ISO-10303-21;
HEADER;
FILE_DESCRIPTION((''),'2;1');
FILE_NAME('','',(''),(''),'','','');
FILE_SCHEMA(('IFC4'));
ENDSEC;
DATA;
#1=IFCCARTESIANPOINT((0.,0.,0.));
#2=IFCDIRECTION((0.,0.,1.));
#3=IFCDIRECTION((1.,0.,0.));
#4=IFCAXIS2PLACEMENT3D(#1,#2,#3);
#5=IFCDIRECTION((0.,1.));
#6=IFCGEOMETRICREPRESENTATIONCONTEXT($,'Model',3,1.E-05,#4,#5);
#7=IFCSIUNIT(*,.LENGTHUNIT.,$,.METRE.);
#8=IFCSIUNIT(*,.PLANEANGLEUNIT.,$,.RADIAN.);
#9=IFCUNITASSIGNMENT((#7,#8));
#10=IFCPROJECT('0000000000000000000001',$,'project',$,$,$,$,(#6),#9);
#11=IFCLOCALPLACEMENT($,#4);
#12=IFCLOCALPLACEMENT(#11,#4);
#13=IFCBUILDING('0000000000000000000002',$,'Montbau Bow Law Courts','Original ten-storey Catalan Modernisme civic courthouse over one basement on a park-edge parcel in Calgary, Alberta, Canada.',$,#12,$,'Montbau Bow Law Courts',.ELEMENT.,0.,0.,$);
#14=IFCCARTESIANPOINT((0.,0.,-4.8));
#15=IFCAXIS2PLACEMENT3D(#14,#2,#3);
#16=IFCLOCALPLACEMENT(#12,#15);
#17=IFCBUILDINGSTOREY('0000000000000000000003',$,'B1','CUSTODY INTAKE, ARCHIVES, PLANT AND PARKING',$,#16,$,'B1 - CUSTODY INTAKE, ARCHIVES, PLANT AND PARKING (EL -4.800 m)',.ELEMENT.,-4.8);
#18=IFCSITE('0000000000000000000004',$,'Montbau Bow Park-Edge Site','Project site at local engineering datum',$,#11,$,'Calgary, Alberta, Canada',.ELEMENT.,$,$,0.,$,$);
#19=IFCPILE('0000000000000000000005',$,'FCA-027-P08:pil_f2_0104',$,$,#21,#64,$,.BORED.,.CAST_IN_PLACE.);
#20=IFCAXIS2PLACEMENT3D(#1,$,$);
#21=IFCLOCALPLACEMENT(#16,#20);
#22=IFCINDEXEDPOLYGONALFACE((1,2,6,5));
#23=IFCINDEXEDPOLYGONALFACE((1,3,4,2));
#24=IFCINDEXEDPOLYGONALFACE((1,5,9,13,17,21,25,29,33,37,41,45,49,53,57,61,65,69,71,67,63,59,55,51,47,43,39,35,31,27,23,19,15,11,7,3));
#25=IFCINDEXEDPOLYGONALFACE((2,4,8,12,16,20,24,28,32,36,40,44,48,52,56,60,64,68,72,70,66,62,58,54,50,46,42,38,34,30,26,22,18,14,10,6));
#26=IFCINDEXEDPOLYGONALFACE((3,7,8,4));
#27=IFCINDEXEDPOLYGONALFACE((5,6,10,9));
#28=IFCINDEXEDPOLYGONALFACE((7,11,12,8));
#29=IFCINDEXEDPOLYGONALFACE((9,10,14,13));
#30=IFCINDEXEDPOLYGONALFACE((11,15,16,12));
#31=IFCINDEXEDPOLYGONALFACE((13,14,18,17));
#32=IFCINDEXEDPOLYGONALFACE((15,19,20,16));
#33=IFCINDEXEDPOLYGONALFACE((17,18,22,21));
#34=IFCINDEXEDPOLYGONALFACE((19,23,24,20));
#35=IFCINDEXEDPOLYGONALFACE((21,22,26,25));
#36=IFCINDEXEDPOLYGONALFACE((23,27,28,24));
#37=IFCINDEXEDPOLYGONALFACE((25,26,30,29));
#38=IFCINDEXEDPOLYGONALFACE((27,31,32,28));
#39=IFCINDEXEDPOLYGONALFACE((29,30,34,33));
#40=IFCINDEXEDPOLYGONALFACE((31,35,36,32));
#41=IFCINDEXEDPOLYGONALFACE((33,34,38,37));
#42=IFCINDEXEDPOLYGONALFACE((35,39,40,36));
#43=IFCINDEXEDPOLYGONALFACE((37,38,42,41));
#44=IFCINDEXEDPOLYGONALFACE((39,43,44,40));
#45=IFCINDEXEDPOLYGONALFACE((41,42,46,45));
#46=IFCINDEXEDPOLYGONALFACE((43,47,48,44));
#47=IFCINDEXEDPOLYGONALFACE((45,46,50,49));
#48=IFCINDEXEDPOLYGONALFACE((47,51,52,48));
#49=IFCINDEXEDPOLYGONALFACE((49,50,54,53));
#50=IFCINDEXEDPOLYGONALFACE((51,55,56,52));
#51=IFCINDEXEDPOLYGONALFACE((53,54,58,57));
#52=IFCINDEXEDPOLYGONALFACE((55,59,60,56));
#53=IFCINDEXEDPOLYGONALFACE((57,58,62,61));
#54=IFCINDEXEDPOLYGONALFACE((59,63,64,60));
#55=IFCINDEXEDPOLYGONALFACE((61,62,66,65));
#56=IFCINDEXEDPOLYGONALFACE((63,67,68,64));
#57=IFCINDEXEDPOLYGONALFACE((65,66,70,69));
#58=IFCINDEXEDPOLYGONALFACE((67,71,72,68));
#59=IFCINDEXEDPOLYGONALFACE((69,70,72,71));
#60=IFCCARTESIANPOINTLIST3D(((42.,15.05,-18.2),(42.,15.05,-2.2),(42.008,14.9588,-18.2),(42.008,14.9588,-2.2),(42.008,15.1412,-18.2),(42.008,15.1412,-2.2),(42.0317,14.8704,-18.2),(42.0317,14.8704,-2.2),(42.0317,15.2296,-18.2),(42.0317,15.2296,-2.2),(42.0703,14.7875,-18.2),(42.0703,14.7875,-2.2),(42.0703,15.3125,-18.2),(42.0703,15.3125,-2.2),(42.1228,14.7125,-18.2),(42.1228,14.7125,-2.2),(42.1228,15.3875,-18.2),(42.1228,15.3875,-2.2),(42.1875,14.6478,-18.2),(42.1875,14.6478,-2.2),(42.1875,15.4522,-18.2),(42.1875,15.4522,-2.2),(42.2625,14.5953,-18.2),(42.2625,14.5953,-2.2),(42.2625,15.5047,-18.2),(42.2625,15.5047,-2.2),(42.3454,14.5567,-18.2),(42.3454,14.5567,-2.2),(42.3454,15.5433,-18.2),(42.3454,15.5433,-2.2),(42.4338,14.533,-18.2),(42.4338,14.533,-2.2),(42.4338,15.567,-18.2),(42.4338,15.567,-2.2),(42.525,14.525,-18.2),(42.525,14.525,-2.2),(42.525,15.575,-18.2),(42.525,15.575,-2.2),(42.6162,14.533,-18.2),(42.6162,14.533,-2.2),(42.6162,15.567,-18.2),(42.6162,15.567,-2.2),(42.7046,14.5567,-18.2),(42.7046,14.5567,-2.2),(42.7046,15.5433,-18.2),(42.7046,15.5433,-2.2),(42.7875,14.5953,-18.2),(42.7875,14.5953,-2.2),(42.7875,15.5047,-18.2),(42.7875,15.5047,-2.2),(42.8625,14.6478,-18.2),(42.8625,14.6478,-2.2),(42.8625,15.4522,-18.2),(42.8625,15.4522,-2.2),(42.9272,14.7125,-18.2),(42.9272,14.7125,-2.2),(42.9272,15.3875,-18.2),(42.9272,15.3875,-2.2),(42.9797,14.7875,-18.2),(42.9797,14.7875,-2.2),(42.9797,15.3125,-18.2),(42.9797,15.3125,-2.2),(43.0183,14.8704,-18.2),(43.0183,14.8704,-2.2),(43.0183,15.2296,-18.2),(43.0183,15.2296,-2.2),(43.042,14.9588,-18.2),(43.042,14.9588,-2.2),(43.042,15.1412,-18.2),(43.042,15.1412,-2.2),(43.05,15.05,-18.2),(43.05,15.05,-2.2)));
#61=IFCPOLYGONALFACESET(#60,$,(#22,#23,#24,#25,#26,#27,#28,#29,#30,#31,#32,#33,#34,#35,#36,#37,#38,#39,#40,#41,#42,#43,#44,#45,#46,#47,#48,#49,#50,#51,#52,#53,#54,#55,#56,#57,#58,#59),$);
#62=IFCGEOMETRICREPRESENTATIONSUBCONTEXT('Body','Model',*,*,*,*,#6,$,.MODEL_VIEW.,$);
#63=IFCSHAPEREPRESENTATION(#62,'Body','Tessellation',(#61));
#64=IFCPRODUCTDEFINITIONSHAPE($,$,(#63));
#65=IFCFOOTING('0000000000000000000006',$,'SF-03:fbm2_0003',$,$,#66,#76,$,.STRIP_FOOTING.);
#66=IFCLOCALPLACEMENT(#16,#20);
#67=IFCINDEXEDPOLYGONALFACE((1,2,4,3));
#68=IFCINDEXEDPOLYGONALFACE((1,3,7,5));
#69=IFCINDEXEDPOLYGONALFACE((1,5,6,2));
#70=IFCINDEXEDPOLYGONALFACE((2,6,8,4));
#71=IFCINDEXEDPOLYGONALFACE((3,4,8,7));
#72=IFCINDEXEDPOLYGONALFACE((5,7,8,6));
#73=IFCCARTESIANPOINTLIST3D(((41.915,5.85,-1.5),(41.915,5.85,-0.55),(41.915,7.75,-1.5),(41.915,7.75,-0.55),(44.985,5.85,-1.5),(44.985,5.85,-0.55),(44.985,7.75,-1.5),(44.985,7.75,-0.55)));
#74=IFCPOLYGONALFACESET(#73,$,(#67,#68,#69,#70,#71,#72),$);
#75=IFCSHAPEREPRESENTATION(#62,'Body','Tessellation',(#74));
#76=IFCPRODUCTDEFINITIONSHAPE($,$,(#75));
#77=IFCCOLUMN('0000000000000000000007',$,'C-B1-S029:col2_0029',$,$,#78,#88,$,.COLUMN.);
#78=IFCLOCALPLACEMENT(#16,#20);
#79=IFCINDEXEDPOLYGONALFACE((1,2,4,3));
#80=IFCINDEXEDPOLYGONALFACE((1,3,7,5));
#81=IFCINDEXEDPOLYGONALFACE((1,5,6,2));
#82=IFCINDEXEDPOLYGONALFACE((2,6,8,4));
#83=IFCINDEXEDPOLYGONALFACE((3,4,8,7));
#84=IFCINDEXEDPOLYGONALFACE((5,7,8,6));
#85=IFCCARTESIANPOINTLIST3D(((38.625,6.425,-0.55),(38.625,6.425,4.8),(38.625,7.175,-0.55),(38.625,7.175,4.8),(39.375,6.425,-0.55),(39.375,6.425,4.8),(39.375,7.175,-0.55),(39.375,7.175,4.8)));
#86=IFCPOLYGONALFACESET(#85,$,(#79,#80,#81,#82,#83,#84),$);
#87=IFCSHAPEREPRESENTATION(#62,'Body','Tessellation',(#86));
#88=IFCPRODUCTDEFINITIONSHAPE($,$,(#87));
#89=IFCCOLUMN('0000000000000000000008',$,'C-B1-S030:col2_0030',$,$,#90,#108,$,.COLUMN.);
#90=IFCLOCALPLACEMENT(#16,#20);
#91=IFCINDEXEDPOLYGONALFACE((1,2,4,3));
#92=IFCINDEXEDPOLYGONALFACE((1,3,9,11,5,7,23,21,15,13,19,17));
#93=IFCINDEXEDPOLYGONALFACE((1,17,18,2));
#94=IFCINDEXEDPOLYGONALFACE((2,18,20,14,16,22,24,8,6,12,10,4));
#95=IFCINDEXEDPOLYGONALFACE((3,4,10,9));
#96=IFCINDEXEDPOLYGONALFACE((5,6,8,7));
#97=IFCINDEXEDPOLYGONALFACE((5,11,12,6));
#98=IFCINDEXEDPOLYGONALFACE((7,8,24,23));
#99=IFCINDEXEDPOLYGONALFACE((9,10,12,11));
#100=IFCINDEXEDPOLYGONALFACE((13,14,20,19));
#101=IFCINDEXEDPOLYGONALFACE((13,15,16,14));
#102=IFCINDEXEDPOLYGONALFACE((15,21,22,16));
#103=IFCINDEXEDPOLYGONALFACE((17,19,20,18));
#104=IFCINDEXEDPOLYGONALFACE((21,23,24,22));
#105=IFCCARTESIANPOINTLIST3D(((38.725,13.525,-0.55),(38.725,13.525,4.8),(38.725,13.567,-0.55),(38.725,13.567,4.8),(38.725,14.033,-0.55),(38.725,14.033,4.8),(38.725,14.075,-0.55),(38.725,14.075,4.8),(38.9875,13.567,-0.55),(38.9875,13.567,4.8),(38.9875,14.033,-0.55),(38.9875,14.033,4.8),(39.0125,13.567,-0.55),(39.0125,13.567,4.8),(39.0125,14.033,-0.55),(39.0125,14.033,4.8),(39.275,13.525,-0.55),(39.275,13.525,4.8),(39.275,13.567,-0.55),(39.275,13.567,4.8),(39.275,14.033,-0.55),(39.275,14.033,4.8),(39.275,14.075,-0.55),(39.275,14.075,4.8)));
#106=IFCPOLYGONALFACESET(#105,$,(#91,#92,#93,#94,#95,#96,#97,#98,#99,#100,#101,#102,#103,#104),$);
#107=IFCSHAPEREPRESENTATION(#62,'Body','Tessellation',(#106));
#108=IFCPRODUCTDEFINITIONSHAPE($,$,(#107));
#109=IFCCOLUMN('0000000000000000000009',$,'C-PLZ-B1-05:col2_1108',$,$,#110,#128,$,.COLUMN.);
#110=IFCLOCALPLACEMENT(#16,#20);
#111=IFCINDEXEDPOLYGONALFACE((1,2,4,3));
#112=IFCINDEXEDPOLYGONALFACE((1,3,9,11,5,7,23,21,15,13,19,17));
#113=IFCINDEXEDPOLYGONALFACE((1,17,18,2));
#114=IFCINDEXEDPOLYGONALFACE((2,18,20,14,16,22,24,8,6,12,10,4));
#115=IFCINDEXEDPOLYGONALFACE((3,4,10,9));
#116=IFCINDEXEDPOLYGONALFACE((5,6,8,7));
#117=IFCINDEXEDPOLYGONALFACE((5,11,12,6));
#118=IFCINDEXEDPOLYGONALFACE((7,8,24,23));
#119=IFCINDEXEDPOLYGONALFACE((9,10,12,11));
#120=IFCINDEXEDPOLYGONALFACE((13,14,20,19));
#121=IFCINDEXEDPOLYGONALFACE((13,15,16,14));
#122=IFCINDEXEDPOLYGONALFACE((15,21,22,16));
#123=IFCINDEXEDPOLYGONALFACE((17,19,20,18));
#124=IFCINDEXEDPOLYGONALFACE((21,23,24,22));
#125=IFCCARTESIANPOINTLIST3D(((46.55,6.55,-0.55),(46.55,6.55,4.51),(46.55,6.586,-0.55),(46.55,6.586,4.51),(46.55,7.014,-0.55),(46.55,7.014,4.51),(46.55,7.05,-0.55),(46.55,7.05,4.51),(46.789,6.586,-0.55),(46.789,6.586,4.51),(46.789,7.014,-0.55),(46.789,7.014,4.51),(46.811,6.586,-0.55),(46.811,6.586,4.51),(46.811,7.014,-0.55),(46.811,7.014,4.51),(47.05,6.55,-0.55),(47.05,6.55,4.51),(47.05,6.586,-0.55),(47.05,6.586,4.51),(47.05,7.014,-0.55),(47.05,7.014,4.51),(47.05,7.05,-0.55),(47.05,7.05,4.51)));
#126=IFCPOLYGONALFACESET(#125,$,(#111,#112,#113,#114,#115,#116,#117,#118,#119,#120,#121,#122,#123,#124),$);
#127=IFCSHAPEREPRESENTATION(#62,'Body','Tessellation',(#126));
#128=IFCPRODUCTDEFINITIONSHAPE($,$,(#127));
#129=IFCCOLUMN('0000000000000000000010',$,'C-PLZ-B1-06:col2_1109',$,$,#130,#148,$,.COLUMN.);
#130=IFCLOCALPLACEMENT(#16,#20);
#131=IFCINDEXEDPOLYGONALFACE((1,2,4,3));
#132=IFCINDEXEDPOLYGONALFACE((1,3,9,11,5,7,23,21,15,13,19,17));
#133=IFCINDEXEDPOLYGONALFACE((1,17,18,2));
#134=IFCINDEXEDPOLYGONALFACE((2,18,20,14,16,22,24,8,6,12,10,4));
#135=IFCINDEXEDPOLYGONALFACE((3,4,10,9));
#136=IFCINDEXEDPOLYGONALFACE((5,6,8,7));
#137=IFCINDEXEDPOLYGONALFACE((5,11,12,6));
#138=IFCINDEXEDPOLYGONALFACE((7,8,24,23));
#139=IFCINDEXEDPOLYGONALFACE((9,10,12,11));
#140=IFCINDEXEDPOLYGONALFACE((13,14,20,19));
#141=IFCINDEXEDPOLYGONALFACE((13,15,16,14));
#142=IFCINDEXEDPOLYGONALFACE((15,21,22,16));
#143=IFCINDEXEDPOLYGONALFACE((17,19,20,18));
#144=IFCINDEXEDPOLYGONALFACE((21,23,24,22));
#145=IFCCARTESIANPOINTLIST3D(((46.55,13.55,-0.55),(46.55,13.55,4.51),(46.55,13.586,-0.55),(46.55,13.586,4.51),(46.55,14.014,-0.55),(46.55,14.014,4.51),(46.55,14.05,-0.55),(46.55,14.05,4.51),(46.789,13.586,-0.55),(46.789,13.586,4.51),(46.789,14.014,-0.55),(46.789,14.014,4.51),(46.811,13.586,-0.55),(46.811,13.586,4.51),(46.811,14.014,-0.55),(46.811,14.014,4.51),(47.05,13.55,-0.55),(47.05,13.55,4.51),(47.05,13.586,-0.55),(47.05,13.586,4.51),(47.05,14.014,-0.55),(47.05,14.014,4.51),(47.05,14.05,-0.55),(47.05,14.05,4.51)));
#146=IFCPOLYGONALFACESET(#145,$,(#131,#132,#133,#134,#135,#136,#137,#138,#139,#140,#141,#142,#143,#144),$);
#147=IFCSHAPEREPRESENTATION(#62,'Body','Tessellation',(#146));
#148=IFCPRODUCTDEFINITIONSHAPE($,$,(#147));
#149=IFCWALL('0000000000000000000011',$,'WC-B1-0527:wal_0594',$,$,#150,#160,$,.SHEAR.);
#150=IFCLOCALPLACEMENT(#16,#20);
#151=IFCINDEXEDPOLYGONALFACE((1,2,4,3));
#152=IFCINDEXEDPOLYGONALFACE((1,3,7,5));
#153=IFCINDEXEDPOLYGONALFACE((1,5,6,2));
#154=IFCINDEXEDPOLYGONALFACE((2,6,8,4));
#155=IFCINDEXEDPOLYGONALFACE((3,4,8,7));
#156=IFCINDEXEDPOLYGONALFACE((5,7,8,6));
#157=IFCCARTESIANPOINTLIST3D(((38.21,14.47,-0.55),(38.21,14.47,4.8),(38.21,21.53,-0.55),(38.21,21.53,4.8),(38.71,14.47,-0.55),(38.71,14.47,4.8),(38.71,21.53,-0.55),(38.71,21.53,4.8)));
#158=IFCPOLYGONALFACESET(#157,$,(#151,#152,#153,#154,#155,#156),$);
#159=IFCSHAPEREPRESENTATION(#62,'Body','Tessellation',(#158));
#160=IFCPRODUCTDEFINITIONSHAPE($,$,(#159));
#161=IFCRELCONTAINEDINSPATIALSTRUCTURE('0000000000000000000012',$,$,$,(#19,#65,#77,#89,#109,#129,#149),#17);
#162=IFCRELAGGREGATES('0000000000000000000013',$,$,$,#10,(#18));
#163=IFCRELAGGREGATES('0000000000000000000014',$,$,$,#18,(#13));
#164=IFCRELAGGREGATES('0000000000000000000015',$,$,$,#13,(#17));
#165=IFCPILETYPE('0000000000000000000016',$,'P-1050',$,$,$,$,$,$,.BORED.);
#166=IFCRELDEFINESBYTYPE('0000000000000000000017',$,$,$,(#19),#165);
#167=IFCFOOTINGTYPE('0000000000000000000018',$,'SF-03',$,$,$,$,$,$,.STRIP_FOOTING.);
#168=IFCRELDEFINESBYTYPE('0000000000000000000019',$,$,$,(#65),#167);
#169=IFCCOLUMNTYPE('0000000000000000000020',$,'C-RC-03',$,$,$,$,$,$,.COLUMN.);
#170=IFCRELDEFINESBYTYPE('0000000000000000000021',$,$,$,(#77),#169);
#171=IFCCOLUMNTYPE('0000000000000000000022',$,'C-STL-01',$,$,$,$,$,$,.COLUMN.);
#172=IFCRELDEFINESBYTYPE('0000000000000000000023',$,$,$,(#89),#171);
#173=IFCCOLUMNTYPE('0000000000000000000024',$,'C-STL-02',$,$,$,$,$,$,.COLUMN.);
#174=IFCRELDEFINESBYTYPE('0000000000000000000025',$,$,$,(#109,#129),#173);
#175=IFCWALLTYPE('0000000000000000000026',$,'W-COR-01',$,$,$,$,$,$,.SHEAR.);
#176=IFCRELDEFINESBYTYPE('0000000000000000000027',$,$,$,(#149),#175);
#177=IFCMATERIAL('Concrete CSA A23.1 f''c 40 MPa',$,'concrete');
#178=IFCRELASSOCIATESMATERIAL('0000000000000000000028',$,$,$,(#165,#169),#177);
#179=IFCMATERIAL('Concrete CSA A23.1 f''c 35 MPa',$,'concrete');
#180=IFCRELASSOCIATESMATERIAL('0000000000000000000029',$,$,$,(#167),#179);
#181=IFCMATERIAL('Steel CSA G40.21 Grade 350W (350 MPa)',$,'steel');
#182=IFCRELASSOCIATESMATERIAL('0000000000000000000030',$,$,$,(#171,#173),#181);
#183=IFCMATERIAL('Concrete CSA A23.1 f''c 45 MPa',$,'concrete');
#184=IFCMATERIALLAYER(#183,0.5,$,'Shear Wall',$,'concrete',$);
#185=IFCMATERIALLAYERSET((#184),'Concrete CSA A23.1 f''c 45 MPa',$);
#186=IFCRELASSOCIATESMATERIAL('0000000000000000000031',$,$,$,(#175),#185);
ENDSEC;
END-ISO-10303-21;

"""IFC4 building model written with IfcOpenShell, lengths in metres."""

from ifc_helpers import new_model, si_unit, direction, frame, frame_2d, origin_with_axes, origin_2d_with_axis, place, context, subcontext, project, spatial, rectangle, circle, i_section, extrude, material, layer, layer_set, material_profile, profile_set, type_object, element, save


model = new_model("IFC4")

# Units and contexts
model_context = context("Model", 3, precision=1e-05, world=origin_with_axes(), true_north=direction((0.0, 1.0)))
body_context = subcontext(model_context, "Body", "Model", "MODEL_VIEW")
ifc_project = project(units=[si_unit("LENGTHUNIT", "METRE"), si_unit("PLANEANGLEUNIT", "RADIAN")], contexts=[model_context])

# Site, building, storey
site_placement = place(None, origin_with_axes())
site = spatial("IfcSite", under=ifc_project, at=site_placement, Name="Montbau Bow Park-Edge Site", Description="Project site at local engineering datum", LongName="Calgary, Alberta, Canada", CompositionType="ELEMENT", RefElevation=0.0)
building_placement = place(site_placement, origin_with_axes())
building = spatial("IfcBuilding", under=site, at=building_placement, Name="Montbau Bow Law Courts", Description="Original ten-storey Catalan Modernisme civic courthouse over one basement on a park-edge parcel in Calgary, Alberta, Canada.", LongName="Montbau Bow Law Courts", CompositionType="ELEMENT", ElevationOfRefHeight=0.0, ElevationOfTerrain=0.0)
storey_placement = place(building_placement, frame((0.0, 0.0, -4.8), z_axis=(0.0, 0.0, 1.0), x_axis=(1.0, 0.0, 0.0)))
storey = spatial("IfcBuildingStorey", under=building, at=storey_placement, Name="B1", Description="CUSTODY INTAKE, ARCHIVES, PLANT AND PARKING", LongName="B1 - CUSTODY INTAKE, ARCHIVES, PLANT AND PARKING (EL -4.800 m)", CompositionType="ELEMENT", Elevation=-4.8)

# Shared definitions
ifc_material_1 = material(Name="Concrete CSA A23.1 f'c 35 MPa", Category="concrete")

# Pile
ifc_material_2 = material(Name="Concrete CSA A23.1 f'c 40 MPa", Category="concrete")
ifc_material_profile_1 = material_profile(ifc_material_2, circle(Radius=0.525, at=origin_2d_with_axis()), Name="BP1050", Category="Main", Priority=0)
ifc_profile_set_1 = profile_set([ifc_material_profile_1], Name="Concrete CSA A23.1 f'c 40 MPa")
pile_type_1 = type_object("IfcPileType", Name="P-1050", PredefinedType="BORED", material=ifc_profile_set_1)
for number, where, z_axis, x_axis, name in (
    (1, (42.525, 15.05, -23.0), (0.0, 0.0, 1.0), (1.0, 0.0, 0.0), "FCA-027-P08:pil_f2_0104"),
):
    element("IfcPile", number, at=place(None, frame(where, z_axis=z_axis, x_axis=x_axis)), inside=storey, type_object=pile_type_1, Name=name, ConstructionType="CAST_IN_PLACE", PredefinedType="BORED", context=body_context, shape_type="SweptSolid", body=[
        extrude(circle(Radius=0.525, at=origin_2d_with_axis()), origin_with_axes(), (0.0, 0.0, 1.0), 16.0),
    ])

# Footing
footing_type_1 = type_object("IfcFootingType", Name="SF-03", PredefinedType="STRIP_FOOTING", material=ifc_material_1)
footing_1_placement = place(None, frame((43.45, 6.8, -6.3), z_axis=(0.0, 0.0, 1.0), x_axis=(1.0, 0.0, 0.0)))
element("IfcFooting", 2, at=footing_1_placement, inside=storey, type_object=footing_type_1, Name="SF-03:fbm2_0003", PredefinedType="STRIP_FOOTING", context=body_context, shape_type="SweptSolid", body=[
    extrude(rectangle(XDim=3.07, YDim=1.9, at=origin_2d_with_axis()), origin_with_axes(), (0.0, 0.0, 1.0), 0.95),
])

# Columns
ifc_material_profile_2 = material_profile(ifc_material_2, rectangle(XDim=0.75, YDim=0.75, at=origin_2d_with_axis()), Name="RC750X750", Category="Main", Priority=0)
ifc_profile_set_2 = profile_set([ifc_material_profile_2], Name="Concrete CSA A23.1 f'c 40 MPa")
column_type_1 = type_object("IfcColumnType", Name="C-RC-03", PredefinedType="COLUMN", material=ifc_profile_set_2)
column_1_placement = place(None, frame((39.0, 6.8, -5.35), z_axis=(0.0, 0.0, 1.0), x_axis=(1.0, 0.0, 0.0)))
element("IfcColumn", 3, at=column_1_placement, inside=storey, type_object=column_type_1, Name="C-B1-S029:col2_0029", PredefinedType="COLUMN", context=body_context, shape_type="SweptSolid", body=[
    extrude(rectangle(XDim=0.75, YDim=0.75, at=origin_2d_with_axis()), origin_with_axes(), (0.0, 0.0, 1.0), 5.35),
])
ifc_material_3 = material(Name="Steel CSA G40.21 Grade 350W (350 MPa)", Category="steel")
ifc_material_profile_3 = material_profile(ifc_material_3, i_section(OverallWidth=0.55, OverallDepth=0.55, WebThickness=0.025, FlangeThickness=0.042, at=origin_2d_with_axis()), Name="WWF550X420", Category="Main", Priority=0)
ifc_profile_set_3 = profile_set([ifc_material_profile_3], Name="Steel CSA G40.21 Grade 350W (350 MPa)")
column_type_2 = type_object("IfcColumnType", Name="C-STL-01", PredefinedType="COLUMN", material=ifc_profile_set_3)
column_2_placement = place(None, frame((39.0, 13.8, -5.35), z_axis=(0.0, 0.0, 1.0), x_axis=(1.0, 0.0, 0.0)))
element("IfcColumn", 4, at=column_2_placement, inside=storey, type_object=column_type_2, Name="C-B1-S030:col2_0030", PredefinedType="COLUMN", context=body_context, shape_type="SweptSolid", body=[
    extrude(i_section(OverallWidth=0.55, OverallDepth=0.55, WebThickness=0.025, FlangeThickness=0.042, at=origin_2d_with_axis()), origin_with_axes(), (0.0, 0.0, 1.0), 5.35),
])
ifc_material_profile_4 = material_profile(ifc_material_3, i_section(OverallWidth=0.5, OverallDepth=0.5, WebThickness=0.022, FlangeThickness=0.036, at=origin_2d_with_axis()), Name="WWF500X343", Category="Main", Priority=0)
ifc_profile_set_4 = profile_set([ifc_material_profile_4], Name="Steel CSA G40.21 Grade 350W (350 MPa)")
column_type_3 = type_object("IfcColumnType", Name="C-STL-02", PredefinedType="COLUMN", material=ifc_profile_set_4)
for number, where, z_axis, x_axis, name in (
    (5, (46.8, 6.8, -5.35), (0.0, 0.0, 1.0), (1.0, 0.0, 0.0), "C-PLZ-B1-05:col2_1108"),
    (6, (46.8, 13.8, -5.35), (0.0, 0.0, 1.0), (1.0, 0.0, 0.0), "C-PLZ-B1-06:col2_1109"),
):
    element("IfcColumn", number, at=place(None, frame(where, z_axis=z_axis, x_axis=x_axis)), inside=storey, type_object=column_type_3, Name=name, PredefinedType="COLUMN", context=body_context, shape_type="SweptSolid", body=[
        extrude(i_section(OverallWidth=0.5, OverallDepth=0.5, WebThickness=0.022, FlangeThickness=0.036, at=origin_2d_with_axis()), origin_with_axes(), (0.0, 0.0, 1.0), 5.06),
    ])

# Wall
ifc_material_4 = material(Name="Concrete CSA A23.1 f'c 45 MPa", Category="concrete")
ifc_layer = layer(ifc_material_4, 0.5, Name="Shear Wall", Category="concrete")
ifc_layer_set = layer_set([ifc_layer], Name="Concrete CSA A23.1 f'c 45 MPa")
wall_type = type_object("IfcWallType", Name="W-COR-01", PredefinedType="SHEAR", material=ifc_layer_set)
wall_placement = place(None, frame((38.46, 14.47, -5.35), z_axis=(0.0, 0.0, 1.0), x_axis=(0.0, 1.0, 0.0)))
element("IfcWall", 7, at=wall_placement, inside=storey, type_object=wall_type, Name="WC-B1-0527:wal_0594", PredefinedType="SHEAR", context=body_context, shape_type="SweptSolid", body=[
    extrude(rectangle(XDim=7.06, YDim=0.5, at=frame_2d((3.53, 0.0), x_axis=(1.0, 0.0))), origin_with_axes(), (0.0, 0.0, 1.0), 5.35),
])

save(model, "model.ifc")
